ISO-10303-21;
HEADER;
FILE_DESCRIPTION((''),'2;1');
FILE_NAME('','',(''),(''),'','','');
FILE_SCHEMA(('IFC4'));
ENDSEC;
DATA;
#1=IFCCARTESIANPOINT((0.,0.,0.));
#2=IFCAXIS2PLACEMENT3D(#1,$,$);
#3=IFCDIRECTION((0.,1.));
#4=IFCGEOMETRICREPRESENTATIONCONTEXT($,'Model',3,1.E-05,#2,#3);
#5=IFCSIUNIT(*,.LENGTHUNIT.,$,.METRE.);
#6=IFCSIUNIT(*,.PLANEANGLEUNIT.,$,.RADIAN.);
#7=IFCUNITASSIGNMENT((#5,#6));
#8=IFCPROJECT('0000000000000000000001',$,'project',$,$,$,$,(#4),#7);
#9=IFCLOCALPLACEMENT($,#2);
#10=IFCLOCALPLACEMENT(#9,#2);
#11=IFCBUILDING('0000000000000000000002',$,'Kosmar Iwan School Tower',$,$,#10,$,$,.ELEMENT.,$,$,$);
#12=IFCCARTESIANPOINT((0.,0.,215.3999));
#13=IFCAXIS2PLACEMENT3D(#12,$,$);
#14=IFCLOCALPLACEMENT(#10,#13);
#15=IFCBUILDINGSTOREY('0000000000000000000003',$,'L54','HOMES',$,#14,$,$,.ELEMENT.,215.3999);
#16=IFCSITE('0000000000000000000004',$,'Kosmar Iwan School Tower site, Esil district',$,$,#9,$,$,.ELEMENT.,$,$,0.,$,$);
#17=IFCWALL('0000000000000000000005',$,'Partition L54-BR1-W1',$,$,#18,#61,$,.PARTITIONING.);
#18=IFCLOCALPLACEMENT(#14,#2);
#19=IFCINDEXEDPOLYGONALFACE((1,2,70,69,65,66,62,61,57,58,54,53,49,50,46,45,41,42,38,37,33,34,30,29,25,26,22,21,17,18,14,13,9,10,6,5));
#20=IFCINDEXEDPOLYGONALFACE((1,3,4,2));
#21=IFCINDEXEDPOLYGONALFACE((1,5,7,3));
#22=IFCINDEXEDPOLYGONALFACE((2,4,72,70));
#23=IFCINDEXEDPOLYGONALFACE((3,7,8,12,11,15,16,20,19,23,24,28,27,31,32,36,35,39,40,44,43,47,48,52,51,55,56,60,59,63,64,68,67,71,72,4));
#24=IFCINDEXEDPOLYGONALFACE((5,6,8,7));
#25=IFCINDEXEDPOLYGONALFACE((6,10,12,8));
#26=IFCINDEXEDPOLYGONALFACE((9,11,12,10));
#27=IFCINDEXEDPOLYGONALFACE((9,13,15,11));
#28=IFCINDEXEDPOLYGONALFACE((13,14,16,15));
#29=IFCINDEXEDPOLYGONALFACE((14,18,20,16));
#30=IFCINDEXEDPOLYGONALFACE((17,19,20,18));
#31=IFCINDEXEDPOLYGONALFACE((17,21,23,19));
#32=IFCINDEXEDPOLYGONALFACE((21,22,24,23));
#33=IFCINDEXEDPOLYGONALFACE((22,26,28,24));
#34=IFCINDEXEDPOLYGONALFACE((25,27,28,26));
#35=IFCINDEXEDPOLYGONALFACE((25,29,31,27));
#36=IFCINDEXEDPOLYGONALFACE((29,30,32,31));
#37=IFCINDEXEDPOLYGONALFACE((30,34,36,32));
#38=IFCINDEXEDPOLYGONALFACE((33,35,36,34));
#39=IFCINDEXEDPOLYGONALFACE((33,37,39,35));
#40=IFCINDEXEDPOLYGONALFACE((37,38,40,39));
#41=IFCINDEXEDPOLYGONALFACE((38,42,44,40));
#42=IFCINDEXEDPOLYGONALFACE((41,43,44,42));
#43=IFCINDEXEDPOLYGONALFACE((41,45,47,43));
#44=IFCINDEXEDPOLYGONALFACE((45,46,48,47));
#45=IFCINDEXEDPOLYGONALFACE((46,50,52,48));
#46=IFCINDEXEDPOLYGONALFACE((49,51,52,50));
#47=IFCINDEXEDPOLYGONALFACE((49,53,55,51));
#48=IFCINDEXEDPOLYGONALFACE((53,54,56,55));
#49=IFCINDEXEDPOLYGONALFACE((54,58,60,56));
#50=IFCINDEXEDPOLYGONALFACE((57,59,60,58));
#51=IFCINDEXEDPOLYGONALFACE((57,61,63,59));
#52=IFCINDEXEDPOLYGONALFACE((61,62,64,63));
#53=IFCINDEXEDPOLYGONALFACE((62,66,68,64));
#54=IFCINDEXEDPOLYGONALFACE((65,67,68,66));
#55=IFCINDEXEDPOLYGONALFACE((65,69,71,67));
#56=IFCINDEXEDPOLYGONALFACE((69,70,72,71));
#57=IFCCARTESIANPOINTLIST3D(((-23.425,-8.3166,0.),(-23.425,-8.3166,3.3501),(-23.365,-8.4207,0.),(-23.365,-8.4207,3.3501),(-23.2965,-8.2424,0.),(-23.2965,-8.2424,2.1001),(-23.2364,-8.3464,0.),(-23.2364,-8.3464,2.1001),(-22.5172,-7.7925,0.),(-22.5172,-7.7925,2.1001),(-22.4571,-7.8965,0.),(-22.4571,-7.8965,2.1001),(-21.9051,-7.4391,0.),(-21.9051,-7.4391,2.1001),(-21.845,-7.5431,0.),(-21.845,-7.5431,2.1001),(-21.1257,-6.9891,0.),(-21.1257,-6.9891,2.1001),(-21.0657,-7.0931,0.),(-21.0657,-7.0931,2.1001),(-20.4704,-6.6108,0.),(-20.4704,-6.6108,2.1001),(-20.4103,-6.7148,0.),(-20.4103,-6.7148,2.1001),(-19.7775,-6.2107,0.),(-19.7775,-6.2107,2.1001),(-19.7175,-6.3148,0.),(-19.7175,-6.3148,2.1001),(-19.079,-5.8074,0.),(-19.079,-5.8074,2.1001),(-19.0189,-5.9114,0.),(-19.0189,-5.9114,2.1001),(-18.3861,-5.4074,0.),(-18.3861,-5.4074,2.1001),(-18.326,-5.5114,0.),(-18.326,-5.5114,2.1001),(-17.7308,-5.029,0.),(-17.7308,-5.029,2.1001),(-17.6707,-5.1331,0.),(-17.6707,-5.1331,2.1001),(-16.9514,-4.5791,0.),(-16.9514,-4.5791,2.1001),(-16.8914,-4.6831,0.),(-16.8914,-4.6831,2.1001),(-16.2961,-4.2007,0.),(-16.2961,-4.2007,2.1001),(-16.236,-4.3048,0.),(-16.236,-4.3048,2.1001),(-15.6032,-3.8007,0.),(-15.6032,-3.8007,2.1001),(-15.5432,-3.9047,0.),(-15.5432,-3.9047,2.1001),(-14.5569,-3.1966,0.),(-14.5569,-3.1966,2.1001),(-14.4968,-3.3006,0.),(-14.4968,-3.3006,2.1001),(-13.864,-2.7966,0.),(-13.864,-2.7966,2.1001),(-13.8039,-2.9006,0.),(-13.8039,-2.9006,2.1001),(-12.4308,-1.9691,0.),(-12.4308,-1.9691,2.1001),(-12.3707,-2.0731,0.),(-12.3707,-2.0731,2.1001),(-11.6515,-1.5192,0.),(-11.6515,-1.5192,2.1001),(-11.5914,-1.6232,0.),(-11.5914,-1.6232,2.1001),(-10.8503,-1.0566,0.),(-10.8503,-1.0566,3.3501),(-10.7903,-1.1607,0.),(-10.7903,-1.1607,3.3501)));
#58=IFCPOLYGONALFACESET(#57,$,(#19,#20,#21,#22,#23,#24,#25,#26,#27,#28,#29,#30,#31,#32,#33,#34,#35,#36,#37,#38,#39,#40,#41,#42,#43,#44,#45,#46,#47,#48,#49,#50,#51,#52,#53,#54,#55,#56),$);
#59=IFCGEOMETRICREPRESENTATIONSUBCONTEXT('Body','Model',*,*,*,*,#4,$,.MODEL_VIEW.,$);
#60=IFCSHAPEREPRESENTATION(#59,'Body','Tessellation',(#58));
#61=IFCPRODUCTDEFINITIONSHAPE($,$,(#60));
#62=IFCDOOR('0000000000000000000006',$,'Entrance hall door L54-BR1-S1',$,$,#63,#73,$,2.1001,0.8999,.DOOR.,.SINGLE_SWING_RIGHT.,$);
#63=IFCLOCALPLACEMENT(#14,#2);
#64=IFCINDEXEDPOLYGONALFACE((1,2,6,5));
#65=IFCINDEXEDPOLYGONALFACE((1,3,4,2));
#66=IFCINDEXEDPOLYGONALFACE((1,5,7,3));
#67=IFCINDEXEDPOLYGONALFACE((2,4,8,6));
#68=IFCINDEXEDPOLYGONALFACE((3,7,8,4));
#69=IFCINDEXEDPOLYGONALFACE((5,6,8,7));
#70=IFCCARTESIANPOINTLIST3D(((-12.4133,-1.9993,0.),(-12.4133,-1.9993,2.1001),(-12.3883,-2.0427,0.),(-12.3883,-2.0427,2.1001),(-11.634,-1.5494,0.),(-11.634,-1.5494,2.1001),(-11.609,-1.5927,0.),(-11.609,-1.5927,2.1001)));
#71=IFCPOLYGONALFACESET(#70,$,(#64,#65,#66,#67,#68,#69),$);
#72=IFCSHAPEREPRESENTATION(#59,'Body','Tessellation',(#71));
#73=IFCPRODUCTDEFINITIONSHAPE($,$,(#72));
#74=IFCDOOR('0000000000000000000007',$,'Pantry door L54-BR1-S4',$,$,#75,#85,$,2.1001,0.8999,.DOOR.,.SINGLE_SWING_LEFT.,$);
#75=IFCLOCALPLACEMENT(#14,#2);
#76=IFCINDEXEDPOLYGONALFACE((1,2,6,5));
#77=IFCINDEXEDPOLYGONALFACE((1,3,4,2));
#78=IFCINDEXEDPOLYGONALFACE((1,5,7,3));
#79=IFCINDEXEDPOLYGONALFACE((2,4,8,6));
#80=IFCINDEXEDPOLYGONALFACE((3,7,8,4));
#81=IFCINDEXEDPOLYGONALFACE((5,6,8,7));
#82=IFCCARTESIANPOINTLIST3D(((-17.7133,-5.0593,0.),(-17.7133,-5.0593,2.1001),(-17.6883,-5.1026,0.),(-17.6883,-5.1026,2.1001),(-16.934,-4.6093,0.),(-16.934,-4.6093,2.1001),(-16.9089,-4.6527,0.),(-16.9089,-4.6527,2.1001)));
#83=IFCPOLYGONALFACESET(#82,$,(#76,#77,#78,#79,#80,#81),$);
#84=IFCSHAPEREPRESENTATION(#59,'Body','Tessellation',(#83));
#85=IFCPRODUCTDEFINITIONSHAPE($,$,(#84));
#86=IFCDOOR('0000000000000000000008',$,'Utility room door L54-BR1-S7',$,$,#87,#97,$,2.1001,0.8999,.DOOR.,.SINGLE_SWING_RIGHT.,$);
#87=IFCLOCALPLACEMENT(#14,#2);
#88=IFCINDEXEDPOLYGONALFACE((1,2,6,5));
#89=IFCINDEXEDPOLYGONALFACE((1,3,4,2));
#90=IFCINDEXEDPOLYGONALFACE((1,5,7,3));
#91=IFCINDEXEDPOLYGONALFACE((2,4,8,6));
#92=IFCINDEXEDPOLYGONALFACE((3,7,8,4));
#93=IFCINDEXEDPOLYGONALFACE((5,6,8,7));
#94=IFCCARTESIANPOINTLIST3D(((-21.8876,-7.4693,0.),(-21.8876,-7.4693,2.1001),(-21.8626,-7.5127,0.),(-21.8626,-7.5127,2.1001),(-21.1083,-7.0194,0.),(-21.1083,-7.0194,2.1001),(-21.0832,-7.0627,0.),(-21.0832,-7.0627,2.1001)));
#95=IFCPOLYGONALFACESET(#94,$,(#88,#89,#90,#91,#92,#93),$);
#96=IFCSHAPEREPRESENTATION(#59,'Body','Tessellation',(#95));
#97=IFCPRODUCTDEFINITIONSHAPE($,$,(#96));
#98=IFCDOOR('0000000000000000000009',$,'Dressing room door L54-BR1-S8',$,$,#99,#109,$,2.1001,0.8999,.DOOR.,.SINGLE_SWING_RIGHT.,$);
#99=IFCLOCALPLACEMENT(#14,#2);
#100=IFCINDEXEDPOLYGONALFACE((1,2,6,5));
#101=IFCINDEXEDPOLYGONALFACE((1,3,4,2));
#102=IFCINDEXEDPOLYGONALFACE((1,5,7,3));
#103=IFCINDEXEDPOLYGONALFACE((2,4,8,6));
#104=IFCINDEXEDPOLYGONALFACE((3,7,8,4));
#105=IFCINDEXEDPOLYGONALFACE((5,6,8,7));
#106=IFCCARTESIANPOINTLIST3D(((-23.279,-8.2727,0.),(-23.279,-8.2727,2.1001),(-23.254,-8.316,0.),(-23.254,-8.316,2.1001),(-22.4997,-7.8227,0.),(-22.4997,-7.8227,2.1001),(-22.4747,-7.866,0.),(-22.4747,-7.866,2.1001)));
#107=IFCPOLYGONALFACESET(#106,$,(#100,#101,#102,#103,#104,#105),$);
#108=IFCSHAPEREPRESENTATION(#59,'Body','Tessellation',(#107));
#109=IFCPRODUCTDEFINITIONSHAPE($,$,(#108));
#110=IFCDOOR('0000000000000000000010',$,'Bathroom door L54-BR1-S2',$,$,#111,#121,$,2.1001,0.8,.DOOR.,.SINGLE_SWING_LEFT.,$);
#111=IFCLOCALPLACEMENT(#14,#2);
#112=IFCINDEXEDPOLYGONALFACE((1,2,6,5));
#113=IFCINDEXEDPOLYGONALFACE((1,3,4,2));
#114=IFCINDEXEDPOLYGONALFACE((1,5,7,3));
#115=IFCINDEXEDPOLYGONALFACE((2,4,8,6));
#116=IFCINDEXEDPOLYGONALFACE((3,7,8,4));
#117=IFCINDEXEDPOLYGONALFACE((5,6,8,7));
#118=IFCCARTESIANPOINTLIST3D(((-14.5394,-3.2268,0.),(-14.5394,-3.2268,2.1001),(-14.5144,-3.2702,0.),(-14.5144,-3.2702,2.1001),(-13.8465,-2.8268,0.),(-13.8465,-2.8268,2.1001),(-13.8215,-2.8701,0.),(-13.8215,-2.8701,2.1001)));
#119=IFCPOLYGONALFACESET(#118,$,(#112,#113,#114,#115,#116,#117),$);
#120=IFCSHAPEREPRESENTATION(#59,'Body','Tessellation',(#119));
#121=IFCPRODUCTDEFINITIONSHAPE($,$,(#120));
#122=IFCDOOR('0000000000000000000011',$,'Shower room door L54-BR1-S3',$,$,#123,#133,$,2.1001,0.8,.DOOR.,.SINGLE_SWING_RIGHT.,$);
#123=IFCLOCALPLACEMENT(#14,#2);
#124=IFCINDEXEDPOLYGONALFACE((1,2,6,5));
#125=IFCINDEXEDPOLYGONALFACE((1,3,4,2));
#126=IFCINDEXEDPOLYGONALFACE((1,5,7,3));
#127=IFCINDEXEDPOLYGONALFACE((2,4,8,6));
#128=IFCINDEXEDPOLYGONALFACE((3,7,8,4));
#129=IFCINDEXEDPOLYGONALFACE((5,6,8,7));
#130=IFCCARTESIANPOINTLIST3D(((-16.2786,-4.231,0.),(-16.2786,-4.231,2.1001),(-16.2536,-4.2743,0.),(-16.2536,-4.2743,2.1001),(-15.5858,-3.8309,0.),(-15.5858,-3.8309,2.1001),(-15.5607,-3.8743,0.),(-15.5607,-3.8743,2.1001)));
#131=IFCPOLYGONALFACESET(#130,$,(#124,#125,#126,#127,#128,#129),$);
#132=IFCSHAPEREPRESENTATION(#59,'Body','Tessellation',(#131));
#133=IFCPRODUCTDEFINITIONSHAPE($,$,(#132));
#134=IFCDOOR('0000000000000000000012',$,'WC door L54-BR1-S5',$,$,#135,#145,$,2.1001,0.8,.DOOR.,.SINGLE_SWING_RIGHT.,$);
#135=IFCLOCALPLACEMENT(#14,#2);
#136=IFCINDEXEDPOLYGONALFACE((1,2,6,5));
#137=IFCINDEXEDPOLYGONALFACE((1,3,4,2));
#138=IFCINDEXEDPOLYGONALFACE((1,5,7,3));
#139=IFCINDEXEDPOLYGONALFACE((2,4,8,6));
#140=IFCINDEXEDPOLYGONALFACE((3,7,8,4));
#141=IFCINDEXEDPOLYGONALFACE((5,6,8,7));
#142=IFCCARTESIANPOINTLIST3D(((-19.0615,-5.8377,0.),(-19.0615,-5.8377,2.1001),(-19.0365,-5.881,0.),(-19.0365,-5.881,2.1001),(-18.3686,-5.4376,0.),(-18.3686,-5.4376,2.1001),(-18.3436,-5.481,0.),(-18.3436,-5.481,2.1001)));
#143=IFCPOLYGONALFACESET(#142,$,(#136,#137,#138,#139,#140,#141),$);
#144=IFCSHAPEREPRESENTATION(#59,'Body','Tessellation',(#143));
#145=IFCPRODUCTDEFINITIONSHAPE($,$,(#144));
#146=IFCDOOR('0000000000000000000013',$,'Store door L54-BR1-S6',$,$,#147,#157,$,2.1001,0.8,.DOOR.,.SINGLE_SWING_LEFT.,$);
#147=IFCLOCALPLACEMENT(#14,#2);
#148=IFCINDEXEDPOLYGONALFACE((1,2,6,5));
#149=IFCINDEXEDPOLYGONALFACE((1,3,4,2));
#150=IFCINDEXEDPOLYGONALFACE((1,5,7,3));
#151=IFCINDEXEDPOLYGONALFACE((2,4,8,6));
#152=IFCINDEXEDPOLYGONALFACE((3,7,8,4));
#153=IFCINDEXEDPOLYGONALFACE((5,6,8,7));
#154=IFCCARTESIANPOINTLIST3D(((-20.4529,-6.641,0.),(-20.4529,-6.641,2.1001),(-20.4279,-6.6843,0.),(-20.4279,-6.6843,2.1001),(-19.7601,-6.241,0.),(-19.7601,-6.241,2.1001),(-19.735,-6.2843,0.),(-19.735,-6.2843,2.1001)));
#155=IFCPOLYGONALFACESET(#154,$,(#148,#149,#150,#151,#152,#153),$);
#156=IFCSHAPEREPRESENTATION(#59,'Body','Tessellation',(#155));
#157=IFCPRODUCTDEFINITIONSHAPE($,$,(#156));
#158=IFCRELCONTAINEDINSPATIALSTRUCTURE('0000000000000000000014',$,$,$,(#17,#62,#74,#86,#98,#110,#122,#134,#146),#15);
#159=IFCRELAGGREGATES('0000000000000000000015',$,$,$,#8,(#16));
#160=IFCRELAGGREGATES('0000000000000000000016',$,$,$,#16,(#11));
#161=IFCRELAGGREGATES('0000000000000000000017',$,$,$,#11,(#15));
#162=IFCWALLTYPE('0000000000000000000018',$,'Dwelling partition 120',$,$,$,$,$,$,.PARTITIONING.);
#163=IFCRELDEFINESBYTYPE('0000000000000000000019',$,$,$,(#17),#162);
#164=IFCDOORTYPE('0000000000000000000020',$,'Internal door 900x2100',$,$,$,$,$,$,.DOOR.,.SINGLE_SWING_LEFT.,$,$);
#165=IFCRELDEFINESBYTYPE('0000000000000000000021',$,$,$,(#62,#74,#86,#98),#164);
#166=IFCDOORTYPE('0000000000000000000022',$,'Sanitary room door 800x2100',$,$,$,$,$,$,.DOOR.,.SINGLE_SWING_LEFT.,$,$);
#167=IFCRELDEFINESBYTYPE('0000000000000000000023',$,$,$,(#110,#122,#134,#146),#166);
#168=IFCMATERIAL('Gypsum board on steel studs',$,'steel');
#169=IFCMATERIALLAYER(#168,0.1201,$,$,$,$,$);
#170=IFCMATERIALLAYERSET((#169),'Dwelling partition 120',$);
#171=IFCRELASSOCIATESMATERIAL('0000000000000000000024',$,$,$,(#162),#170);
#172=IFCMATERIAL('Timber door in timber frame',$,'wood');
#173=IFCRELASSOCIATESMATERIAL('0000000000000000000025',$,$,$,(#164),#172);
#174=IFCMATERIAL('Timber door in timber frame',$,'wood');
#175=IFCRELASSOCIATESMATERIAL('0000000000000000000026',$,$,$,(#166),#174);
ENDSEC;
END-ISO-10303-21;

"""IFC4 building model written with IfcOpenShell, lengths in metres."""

from ifc_helpers import new_model, si_unit, direction, frame, frame_2d, origin, place, context, subcontext, project, spatial, rectangle, extrude, material, layer, layer_set, type_object, element, fill, save


model = new_model("IFC4")

# Units and contexts
model_context = context("Model", 3, precision=1e-05, world=origin(), true_north=direction((0.0, 1.0)))
body_context = subcontext(model_context, "Body", "Model", "MODEL_VIEW")
ifc_project = project(units=[si_unit("LENGTHUNIT", "METRE"), si_unit("PLANEANGLEUNIT", "RADIAN")], contexts=[model_context])

# Site, building, storey
site_placement = place(None, origin())
site = spatial("IfcSite", under=ifc_project, at=site_placement, Name="Kosmar Iwan School Tower site, Esil district", CompositionType="ELEMENT", RefElevation=0.0)
building_placement = place(site_placement, origin())
building = spatial("IfcBuilding", under=site, at=building_placement, Name="Kosmar Iwan School Tower", CompositionType="ELEMENT")
storey_placement = place(building_placement, frame((0.0, 0.0, 215.3999)))
storey = spatial("IfcBuildingStorey", under=building, at=storey_placement, Name="L54", Description="HOMES", CompositionType="ELEMENT", Elevation=215.3999)

# Shared definitions
ifc_material_1 = material(Name="Gypsum board on steel studs", Category="steel")
ifc_layer_1 = layer(ifc_material_1, 0.1201)
ifc_layer_set_1 = layer_set([ifc_layer_1], Name="Dwelling partition 120")
wall_type_1 = type_object("IfcWallType", Name="Dwelling partition 120", PredefinedType="PARTITIONING", material=ifc_layer_set_1)

# Wall, openings, doors
wall_1_placement = place(storey_placement, frame((-10.8203, -1.1086, 0.0), z_axis=(0.0, 0.0, 1.0), x_axis=(-0.866025, -0.5, 0.0)))
wall_1 = element("IfcWall", 1, at=wall_1_placement, inside=storey, type_object=wall_type_1, Name="Partition L54-BR1-W1", PredefinedType="PARTITIONING", context=body_context, shape_type="SweptSolid", body=[
    extrude(rectangle(XDim=14.52, YDim=0.1201, at=frame_2d((7.26, 0.0))), origin(), (0.0, 0.0, 1.0), 3.3501),
])
opening_1_placement = place(wall_1_placement, frame((0.925, 0.0, 0.0)))
opening_1 = element("IfcOpeningElement", 2, at=opening_1_placement, cuts=wall_1, PredefinedType="OPENING", context=body_context, shape_type="SweptSolid", body=[
    extrude(rectangle(XDim=0.8999, YDim=2.1001, at=frame_2d((0.45, 1.05))), frame((0.0, 0.072, 0.0), z_axis=(0.0, -1.0, 0.0), x_axis=(1.0, 0.0, 0.0)), (0.0, 0.0, 1.0), 0.144),
])
opening_2_placement = place(wall_1_placement, frame((3.48, 0.0, 0.0)))
opening_2 = element("IfcOpeningElement", 3, at=opening_2_placement, cuts=wall_1, PredefinedType="OPENING", context=body_context, shape_type="SweptSolid", body=[
    extrude(rectangle(XDim=0.8, YDim=2.1001, at=frame_2d((0.3999, 1.05))), frame((0.0, 0.072, 0.0), z_axis=(0.0, -1.0, 0.0), x_axis=(1.0, 0.0, 0.0)), (0.0, 0.0, 1.0), 0.144),
])
opening_3_placement = place(wall_1_placement, frame((5.4883, 0.0, 0.0)))
opening_3 = element("IfcOpeningElement", 4, at=opening_3_placement, cuts=wall_1, PredefinedType="OPENING", context=body_context, shape_type="SweptSolid", body=[
    extrude(rectangle(XDim=0.8, YDim=2.1001, at=frame_2d((0.3999, 1.05))), frame((0.0, 0.072, 0.0), z_axis=(0.0, -1.0, 0.0), x_axis=(1.0, 0.0, 0.0)), (0.0, 0.0, 1.0), 0.144),
])
opening_4_placement = place(wall_1_placement, frame((7.0449, 0.0, 0.0)))
opening_4 = element("IfcOpeningElement", 5, at=opening_4_placement, cuts=wall_1, PredefinedType="OPENING", context=body_context, shape_type="SweptSolid", body=[
    extrude(rectangle(XDim=0.8999, YDim=2.1001, at=frame_2d((0.45, 1.05))), frame((0.0, 0.072, 0.0), z_axis=(0.0, -1.0, 0.0), x_axis=(1.0, 0.0, 0.0)), (0.0, 0.0, 1.0), 0.144),
])
opening_5_placement = place(wall_1_placement, frame((8.7017, 0.0, 0.0)))
opening_5 = element("IfcOpeningElement", 6, at=opening_5_placement, cuts=wall_1, PredefinedType="OPENING", context=body_context, shape_type="SweptSolid", body=[
    extrude(rectangle(XDim=0.8, YDim=2.1001, at=frame_2d((0.3999, 1.05))), frame((0.0, 0.072, 0.0), z_axis=(0.0, -1.0, 0.0), x_axis=(1.0, 0.0, 0.0)), (0.0, 0.0, 1.0), 0.144),
])
opening_6_placement = place(wall_1_placement, frame((10.3083, 0.0, 0.0)))
opening_6 = element("IfcOpeningElement", 7, at=opening_6_placement, cuts=wall_1, PredefinedType="OPENING", context=body_context, shape_type="SweptSolid", body=[
    extrude(rectangle(XDim=0.8, YDim=2.1001, at=frame_2d((0.3999, 1.05))), frame((0.0, 0.072, 0.0), z_axis=(0.0, -1.0, 0.0), x_axis=(1.0, 0.0, 0.0)), (0.0, 0.0, 1.0), 0.144),
])
opening_7_placement = place(wall_1_placement, frame((11.865, 0.0, 0.0)))
opening_7 = element("IfcOpeningElement", 8, at=opening_7_placement, cuts=wall_1, PredefinedType="OPENING", context=body_context, shape_type="SweptSolid", body=[
    extrude(rectangle(XDim=0.8999, YDim=2.1001, at=frame_2d((0.45, 1.05))), frame((0.0, 0.072, 0.0), z_axis=(0.0, -1.0, 0.0), x_axis=(1.0, 0.0, 0.0)), (0.0, 0.0, 1.0), 0.144),
])
opening_8_placement = place(wall_1_placement, frame((13.4717, 0.0, 0.0)))
opening_8 = element("IfcOpeningElement", 9, at=opening_8_placement, cuts=wall_1, PredefinedType="OPENING", context=body_context, shape_type="SweptSolid", body=[
    extrude(rectangle(XDim=0.8999, YDim=2.1001, at=frame_2d((0.45, 1.05))), frame((0.0, 0.072, 0.0), z_axis=(0.0, -1.0, 0.0), x_axis=(1.0, 0.0, 0.0)), (0.0, 0.0, 1.0), 0.144),
])
ifc_material_2 = material(Name="Timber door in timber frame", Category="wood")
door_type_1 = type_object("IfcDoorType", Name="Internal door 900x2100", OperationType="SINGLE_SWING_LEFT", PredefinedType="DOOR", material=ifc_material_2)
door_1_placement = place(opening_1_placement, origin())
door_1 = element("IfcDoor", 10, at=door_1_placement, inside=storey, type_object=door_type_1, Name="Entrance hall door L54-BR1-S1", OperationType="SINGLE_SWING_RIGHT", OverallHeight=2.1001, OverallWidth=0.8999, PredefinedType="DOOR", context=body_context, shape_type="SweptSolid", body=[
    extrude(rectangle(XDim=0.8999, YDim=2.1001, at=frame_2d((0.45, 1.05))), frame((0.0, 0.0249, 0.0), z_axis=(0.0, -1.0, 0.0), x_axis=(1.0, 0.0, 0.0)), (0.0, 0.0, 1.0), 0.05),
])
fill(opening_1, door_1)
door_2_placement = place(opening_4_placement, origin())
door_2 = element("IfcDoor", 11, at=door_2_placement, inside=storey, type_object=door_type_1, Name="Pantry door L54-BR1-S4", OperationType="SINGLE_SWING_LEFT", OverallHeight=2.1001, OverallWidth=0.8999, PredefinedType="DOOR", context=body_context, shape_type="SweptSolid", body=[
    extrude(rectangle(XDim=0.8999, YDim=2.1001, at=frame_2d((0.45, 1.05))), frame((0.0, 0.0249, 0.0), z_axis=(0.0, -1.0, 0.0), x_axis=(1.0, 0.0, 0.0)), (0.0, 0.0, 1.0), 0.05),
])
fill(opening_4, door_2)
door_3_placement = place(opening_7_placement, origin())
door_3 = element("IfcDoor", 12, at=door_3_placement, inside=storey, type_object=door_type_1, Name="Utility room door L54-BR1-S7", OperationType="SINGLE_SWING_RIGHT", OverallHeight=2.1001, OverallWidth=0.8999, PredefinedType="DOOR", context=body_context, shape_type="SweptSolid", body=[
    extrude(rectangle(XDim=0.8999, YDim=2.1001, at=frame_2d((0.45, 1.05))), frame((0.0, 0.0249, 0.0), z_axis=(0.0, -1.0, 0.0), x_axis=(1.0, 0.0, 0.0)), (0.0, 0.0, 1.0), 0.05),
])
fill(opening_7, door_3)
door_4_placement = place(opening_8_placement, origin())
door_4 = element("IfcDoor", 13, at=door_4_placement, inside=storey, type_object=door_type_1, Name="Dressing room door L54-BR1-S8", OperationType="SINGLE_SWING_RIGHT", OverallHeight=2.1001, OverallWidth=0.8999, PredefinedType="DOOR", context=body_context, shape_type="SweptSolid", body=[
    extrude(rectangle(XDim=0.8999, YDim=2.1001, at=frame_2d((0.45, 1.05))), frame((0.0, 0.0249, 0.0), z_axis=(0.0, -1.0, 0.0), x_axis=(1.0, 0.0, 0.0)), (0.0, 0.0, 1.0), 0.05),
])
fill(opening_8, door_4)
ifc_material_3 = material(Name="Timber door in timber frame", Category="wood")
door_type_2 = type_object("IfcDoorType", Name="Sanitary room door 800x2100", OperationType="SINGLE_SWING_LEFT", PredefinedType="DOOR", material=ifc_material_3)
door_5_placement = place(opening_2_placement, origin())
door_5 = element("IfcDoor", 14, at=door_5_placement, inside=storey, type_object=door_type_2, Name="Bathroom door L54-BR1-S2", OperationType="SINGLE_SWING_LEFT", OverallHeight=2.1001, OverallWidth=0.8, PredefinedType="DOOR", context=body_context, shape_type="SweptSolid", body=[
    extrude(rectangle(XDim=0.8, YDim=2.1001, at=frame_2d((0.3999, 1.05))), frame((0.0, 0.0249, 0.0), z_axis=(0.0, -1.0, 0.0), x_axis=(1.0, 0.0, 0.0)), (0.0, 0.0, 1.0), 0.05),
])
fill(opening_2, door_5)
door_6_placement = place(opening_3_placement, origin())
door_6 = element("IfcDoor", 15, at=door_6_placement, inside=storey, type_object=door_type_2, Name="Shower room door L54-BR1-S3", OperationType="SINGLE_SWING_RIGHT", OverallHeight=2.1001, OverallWidth=0.8, PredefinedType="DOOR", context=body_context, shape_type="SweptSolid", body=[
    extrude(rectangle(XDim=0.8, YDim=2.1001, at=frame_2d((0.3999, 1.05))), frame((0.0, 0.0249, 0.0), z_axis=(0.0, -1.0, 0.0), x_axis=(1.0, 0.0, 0.0)), (0.0, 0.0, 1.0), 0.05),
])
fill(opening_3, door_6)
door_7_placement = place(opening_5_placement, origin())
door_7 = element("IfcDoor", 16, at=door_7_placement, inside=storey, type_object=door_type_2, Name="WC door L54-BR1-S5", OperationType="SINGLE_SWING_RIGHT", OverallHeight=2.1001, OverallWidth=0.8, PredefinedType="DOOR", context=body_context, shape_type="SweptSolid", body=[
    extrude(rectangle(XDim=0.8, YDim=2.1001, at=frame_2d((0.3999, 1.05))), frame((0.0, 0.0249, 0.0), z_axis=(0.0, -1.0, 0.0), x_axis=(1.0, 0.0, 0.0)), (0.0, 0.0, 1.0), 0.05),
])
fill(opening_5, door_7)
door_8_placement = place(opening_6_placement, origin())
door_8 = element("IfcDoor", 17, at=door_8_placement, inside=storey, type_object=door_type_2, Name="Store door L54-BR1-S6", OperationType="SINGLE_SWING_LEFT", OverallHeight=2.1001, OverallWidth=0.8, PredefinedType="DOOR", context=body_context, shape_type="SweptSolid", body=[
    extrude(rectangle(XDim=0.8, YDim=2.1001, at=frame_2d((0.3999, 1.05))), frame((0.0, 0.0249, 0.0), z_axis=(0.0, -1.0, 0.0), x_axis=(1.0, 0.0, 0.0)), (0.0, 0.0, 1.0), 0.05),
])
fill(opening_6, door_8)

save(model, "model.ifc")
